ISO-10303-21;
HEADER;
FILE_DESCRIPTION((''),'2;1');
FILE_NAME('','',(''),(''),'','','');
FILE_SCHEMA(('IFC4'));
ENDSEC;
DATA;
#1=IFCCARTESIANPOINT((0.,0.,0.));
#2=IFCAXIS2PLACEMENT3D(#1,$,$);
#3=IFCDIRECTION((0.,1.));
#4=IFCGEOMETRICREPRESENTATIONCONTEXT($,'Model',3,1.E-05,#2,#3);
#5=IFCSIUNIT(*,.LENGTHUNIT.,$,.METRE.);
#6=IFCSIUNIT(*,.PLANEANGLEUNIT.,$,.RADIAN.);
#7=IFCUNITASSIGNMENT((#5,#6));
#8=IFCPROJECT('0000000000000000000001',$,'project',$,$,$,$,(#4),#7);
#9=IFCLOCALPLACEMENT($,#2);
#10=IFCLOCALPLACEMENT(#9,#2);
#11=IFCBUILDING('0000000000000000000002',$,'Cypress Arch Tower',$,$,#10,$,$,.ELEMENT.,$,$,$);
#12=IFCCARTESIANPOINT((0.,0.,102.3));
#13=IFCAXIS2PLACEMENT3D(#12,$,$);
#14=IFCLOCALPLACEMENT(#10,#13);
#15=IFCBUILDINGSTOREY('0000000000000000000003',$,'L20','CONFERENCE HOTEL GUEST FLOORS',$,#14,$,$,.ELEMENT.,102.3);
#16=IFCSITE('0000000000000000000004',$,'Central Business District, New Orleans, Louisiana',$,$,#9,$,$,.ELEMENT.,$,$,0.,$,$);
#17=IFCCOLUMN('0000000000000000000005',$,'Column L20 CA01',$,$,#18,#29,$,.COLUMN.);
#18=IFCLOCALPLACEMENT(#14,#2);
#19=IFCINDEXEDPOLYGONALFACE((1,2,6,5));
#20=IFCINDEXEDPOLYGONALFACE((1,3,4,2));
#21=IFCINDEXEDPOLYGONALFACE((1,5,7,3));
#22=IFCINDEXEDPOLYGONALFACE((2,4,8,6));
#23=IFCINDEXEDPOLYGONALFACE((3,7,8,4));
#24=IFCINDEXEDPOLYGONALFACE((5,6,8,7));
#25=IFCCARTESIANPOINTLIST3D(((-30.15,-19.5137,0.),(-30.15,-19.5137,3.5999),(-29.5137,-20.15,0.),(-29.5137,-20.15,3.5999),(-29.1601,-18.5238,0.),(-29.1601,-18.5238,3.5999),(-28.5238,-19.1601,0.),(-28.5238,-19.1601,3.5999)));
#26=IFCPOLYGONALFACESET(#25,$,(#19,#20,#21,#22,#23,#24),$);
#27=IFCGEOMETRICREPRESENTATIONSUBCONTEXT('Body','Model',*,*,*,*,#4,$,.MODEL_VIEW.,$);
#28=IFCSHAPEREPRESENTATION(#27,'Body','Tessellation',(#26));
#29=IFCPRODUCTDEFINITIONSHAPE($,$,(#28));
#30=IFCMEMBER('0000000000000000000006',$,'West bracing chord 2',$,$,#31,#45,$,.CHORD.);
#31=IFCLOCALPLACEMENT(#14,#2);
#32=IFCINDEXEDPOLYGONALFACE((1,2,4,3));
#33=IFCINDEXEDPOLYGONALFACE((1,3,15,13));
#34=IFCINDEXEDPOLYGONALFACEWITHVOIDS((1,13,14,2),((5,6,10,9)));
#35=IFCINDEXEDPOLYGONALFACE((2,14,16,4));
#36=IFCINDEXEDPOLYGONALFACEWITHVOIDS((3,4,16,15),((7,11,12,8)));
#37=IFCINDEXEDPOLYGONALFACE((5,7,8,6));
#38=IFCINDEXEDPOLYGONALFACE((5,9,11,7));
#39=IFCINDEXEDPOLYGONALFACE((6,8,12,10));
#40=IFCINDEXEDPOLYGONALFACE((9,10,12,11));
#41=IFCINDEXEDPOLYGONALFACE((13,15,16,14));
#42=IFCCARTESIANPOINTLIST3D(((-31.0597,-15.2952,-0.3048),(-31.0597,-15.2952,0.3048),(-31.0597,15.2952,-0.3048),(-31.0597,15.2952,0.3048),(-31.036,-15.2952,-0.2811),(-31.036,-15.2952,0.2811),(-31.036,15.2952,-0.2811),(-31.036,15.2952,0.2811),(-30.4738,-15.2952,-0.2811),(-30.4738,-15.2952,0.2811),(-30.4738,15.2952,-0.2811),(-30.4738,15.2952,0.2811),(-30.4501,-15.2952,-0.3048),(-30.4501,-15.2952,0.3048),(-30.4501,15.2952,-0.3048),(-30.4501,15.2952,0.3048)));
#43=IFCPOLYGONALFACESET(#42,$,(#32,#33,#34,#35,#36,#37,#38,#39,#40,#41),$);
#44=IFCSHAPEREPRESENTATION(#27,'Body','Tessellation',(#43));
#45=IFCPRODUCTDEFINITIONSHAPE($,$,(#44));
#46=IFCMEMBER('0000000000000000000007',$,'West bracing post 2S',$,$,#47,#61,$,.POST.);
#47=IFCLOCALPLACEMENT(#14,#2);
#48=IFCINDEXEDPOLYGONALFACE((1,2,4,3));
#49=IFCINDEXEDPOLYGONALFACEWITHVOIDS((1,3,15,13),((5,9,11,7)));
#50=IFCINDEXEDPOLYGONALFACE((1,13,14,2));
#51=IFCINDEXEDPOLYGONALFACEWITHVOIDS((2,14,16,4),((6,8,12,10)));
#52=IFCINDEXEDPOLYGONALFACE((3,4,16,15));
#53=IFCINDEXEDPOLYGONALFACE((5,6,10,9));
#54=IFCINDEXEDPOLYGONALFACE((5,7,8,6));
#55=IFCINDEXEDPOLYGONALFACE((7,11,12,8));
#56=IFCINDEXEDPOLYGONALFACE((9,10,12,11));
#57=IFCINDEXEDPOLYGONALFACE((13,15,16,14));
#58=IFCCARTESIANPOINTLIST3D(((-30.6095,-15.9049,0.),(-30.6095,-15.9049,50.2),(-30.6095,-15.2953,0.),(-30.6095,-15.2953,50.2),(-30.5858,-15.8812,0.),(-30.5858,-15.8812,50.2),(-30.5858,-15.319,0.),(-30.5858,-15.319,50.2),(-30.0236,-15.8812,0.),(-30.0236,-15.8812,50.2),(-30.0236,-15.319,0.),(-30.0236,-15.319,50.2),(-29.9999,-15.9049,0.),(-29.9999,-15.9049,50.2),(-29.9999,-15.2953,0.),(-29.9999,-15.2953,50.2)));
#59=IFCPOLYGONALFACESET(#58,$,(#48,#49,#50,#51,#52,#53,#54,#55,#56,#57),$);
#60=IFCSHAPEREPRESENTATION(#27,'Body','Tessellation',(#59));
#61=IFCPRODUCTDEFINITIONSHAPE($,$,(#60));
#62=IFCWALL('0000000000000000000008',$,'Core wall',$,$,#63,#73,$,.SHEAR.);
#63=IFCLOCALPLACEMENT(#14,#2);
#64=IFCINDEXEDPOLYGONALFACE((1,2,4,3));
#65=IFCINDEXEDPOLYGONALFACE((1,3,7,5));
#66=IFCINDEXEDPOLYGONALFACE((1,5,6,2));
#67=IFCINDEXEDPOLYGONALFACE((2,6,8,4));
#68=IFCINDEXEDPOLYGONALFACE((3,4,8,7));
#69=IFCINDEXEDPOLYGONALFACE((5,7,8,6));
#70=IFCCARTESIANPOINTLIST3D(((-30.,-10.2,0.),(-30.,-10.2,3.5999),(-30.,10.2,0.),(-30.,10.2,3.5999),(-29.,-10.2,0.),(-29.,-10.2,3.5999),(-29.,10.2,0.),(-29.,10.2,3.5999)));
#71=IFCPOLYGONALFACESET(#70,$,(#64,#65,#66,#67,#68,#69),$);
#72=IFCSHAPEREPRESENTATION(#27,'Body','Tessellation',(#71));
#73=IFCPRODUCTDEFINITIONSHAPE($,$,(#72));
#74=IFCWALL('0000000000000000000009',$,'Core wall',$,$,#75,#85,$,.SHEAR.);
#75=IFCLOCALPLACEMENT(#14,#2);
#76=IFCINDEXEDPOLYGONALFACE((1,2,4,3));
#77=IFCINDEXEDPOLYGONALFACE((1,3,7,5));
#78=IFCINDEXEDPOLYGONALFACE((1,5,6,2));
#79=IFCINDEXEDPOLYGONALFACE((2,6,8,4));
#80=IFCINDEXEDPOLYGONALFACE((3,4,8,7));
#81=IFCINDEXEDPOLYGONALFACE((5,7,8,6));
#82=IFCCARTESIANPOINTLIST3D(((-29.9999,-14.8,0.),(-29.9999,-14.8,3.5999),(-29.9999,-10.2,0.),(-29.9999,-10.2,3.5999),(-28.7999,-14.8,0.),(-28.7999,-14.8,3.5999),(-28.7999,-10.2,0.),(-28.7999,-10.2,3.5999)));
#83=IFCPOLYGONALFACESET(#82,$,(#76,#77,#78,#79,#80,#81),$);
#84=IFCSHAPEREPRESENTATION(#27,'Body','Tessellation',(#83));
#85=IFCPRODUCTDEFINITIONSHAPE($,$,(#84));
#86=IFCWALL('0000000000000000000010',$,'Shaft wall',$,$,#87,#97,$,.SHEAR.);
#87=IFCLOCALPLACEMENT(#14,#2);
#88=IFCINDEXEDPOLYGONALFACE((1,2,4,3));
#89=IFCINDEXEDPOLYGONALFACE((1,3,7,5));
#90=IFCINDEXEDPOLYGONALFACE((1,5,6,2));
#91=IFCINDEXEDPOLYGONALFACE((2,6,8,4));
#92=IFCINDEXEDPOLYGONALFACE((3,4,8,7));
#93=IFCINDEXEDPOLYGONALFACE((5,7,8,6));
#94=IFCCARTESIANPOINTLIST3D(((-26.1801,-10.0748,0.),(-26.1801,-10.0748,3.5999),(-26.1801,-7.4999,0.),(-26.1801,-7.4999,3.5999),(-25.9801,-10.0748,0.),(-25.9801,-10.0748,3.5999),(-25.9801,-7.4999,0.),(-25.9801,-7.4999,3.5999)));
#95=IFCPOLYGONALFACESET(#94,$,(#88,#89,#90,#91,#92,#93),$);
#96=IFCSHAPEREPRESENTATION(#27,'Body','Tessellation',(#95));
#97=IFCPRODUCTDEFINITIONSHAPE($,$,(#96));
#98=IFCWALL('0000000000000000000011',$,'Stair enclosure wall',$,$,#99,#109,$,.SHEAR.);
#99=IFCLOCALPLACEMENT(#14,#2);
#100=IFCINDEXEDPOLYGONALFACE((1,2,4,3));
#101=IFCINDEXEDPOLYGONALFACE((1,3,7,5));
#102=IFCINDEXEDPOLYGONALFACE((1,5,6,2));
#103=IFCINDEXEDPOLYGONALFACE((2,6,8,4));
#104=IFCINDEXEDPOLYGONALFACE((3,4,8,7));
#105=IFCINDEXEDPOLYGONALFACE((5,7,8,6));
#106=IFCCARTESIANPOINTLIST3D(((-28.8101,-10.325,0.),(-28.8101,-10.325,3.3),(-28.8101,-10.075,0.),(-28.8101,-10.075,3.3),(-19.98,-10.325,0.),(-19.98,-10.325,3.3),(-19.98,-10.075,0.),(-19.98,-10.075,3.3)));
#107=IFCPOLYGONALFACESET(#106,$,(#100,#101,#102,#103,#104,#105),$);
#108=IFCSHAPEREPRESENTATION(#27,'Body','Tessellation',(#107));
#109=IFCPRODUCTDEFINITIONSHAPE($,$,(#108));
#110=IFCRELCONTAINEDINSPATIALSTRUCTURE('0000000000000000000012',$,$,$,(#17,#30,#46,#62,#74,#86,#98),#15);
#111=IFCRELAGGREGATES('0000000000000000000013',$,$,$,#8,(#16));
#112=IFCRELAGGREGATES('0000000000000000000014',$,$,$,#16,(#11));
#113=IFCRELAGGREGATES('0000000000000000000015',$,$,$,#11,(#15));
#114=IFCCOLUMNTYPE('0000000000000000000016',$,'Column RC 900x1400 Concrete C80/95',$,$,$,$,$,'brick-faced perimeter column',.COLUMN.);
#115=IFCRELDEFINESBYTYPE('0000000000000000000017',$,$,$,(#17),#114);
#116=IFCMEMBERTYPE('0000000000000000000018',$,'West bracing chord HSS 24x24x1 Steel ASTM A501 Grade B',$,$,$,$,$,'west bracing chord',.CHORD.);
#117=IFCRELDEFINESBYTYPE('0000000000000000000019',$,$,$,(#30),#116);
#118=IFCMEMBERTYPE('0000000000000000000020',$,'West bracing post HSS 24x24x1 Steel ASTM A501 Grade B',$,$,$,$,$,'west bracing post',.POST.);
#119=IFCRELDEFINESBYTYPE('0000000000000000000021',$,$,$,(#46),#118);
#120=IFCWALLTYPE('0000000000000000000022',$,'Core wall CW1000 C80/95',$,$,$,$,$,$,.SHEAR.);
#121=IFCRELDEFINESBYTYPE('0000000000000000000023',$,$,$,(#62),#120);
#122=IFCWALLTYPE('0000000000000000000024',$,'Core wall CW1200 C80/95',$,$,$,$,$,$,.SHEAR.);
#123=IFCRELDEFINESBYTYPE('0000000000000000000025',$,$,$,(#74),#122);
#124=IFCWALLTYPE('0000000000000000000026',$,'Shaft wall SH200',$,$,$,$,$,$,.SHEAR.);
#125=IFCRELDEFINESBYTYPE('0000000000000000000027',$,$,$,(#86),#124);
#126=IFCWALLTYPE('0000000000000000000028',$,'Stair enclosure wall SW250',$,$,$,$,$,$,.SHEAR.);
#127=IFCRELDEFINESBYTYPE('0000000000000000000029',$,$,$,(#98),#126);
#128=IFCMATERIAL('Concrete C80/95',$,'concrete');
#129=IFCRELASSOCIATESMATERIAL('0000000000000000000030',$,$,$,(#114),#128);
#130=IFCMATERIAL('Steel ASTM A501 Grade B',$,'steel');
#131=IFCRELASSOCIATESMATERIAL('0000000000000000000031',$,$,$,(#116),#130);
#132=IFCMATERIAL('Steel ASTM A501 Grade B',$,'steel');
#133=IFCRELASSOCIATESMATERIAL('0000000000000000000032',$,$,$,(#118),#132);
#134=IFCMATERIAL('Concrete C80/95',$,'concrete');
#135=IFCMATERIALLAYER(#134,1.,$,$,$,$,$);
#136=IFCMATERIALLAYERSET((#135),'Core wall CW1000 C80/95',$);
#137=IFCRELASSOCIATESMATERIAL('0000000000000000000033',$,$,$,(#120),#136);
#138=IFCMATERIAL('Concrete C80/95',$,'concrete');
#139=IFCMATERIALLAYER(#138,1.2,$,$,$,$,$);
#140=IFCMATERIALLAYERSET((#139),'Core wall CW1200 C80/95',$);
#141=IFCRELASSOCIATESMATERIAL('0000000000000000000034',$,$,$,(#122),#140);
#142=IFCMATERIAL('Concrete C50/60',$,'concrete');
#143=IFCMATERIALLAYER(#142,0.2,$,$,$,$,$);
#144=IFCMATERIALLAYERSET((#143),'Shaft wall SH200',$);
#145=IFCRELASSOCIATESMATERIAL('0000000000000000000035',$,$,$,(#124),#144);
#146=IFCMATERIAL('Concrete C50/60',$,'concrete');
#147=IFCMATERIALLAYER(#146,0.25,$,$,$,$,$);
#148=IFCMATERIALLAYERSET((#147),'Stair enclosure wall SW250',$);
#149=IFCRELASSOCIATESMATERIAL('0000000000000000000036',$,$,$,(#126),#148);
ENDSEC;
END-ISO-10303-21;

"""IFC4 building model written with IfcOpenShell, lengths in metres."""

from ifc_helpers import new_model, si_unit, direction, frame, frame_2d, origin, origin_2d, place, context, subcontext, project, spatial, rectangle, hollow_rectangle, extrude, material, layer, layer_set, material_profile, profile_set, type_object, element, save


model = new_model("IFC4")

# Units and contexts
model_context = context("Model", 3, precision=1e-05, world=origin(), true_north=direction((0.0, 1.0)))
body_context = subcontext(model_context, "Body", "Model", "MODEL_VIEW")
ifc_project = project(units=[si_unit("LENGTHUNIT", "METRE"), si_unit("PLANEANGLEUNIT", "RADIAN")], contexts=[model_context])

# Site, building, storey
site_placement = place(None, origin())
site = spatial("IfcSite", under=ifc_project, at=site_placement, Name="Central Business District, New Orleans, Louisiana", CompositionType="ELEMENT", RefElevation=0.0)
building_placement = place(site_placement, origin())
building = spatial("IfcBuilding", under=site, at=building_placement, Name="Cypress Arch Tower", CompositionType="ELEMENT")
storey_placement = place(building_placement, frame((0.0, 0.0, 102.3)))
storey = spatial("IfcBuildingStorey", under=building, at=storey_placement, Name="L20", Description="CONFERENCE HOTEL GUEST FLOORS", CompositionType="ELEMENT", Elevation=102.3)

# Column
ifc_material_1 = material(Name="Concrete C80/95", Category="concrete")
ifc_material_profile_1 = material_profile(ifc_material_1, rectangle(XDim=0.8999, YDim=1.3999, at=origin_2d()), Name="RC 900x1400")
ifc_profile_set_1 = profile_set([ifc_material_profile_1], Name="Concrete C80/95")
column_type = type_object("IfcColumnType", Name="Column RC 900x1400 Concrete C80/95", ElementType="brick-faced perimeter column", PredefinedType="COLUMN", material=ifc_profile_set_1)
column_placement = place(storey_placement, frame((-29.3369, -19.3369, 0.0), z_axis=(0.0, 0.0, 1.0), x_axis=(0.707107, -0.707107, 0.0)))
element("IfcColumn", 1, at=column_placement, inside=storey, type_object=column_type, Name="Column L20 CA01", PredefinedType="COLUMN", context=body_context, shape_type="SweptSolid", body=[
    extrude(rectangle(XDim=0.8999, YDim=1.3999, at=origin_2d()), origin(), (0.0, 0.0, 1.0), 3.5999),
])

# Members
ifc_material_2 = material(Name="Steel ASTM A501 Grade B", Category="steel")
ifc_material_profile_2 = material_profile(ifc_material_2, hollow_rectangle(XDim=0.6096, YDim=0.6096, WallThickness=0.0237, at=origin_2d()), Name="HSS 24x24x1")
ifc_profile_set_2 = profile_set([ifc_material_profile_2], Name="Steel ASTM A501 Grade B")
member_type_1 = type_object("IfcMemberType", Name="West bracing chord HSS 24x24x1 Steel ASTM A501 Grade B", ElementType="west bracing chord", PredefinedType="CHORD", material=ifc_profile_set_2)
member_1_placement = place(storey_placement, frame((-30.7549, -15.2952, 0.0), z_axis=(0.0, 1.0, 0.0), x_axis=(-1.0, 0.0, 0.0)))
element("IfcMember", 2, at=member_1_placement, inside=storey, type_object=member_type_1, Name="West bracing chord 2", PredefinedType="CHORD", context=body_context, shape_type="SweptSolid", body=[
    extrude(hollow_rectangle(XDim=0.6096, YDim=0.6096, WallThickness=0.0237, at=origin_2d()), origin(), (0.0, 0.0, 1.0), 30.5903),
])
ifc_material_3 = material(Name="Steel ASTM A501 Grade B", Category="steel")
ifc_material_profile_3 = material_profile(ifc_material_3, hollow_rectangle(XDim=0.6096, YDim=0.6096, WallThickness=0.0237, at=origin_2d()), Name="HSS 24x24x1")
ifc_profile_set_3 = profile_set([ifc_material_profile_3], Name="Steel ASTM A501 Grade B")
member_type_2 = type_object("IfcMemberType", Name="West bracing post HSS 24x24x1 Steel ASTM A501 Grade B", ElementType="west bracing post", PredefinedType="POST", material=ifc_profile_set_3)
member_2_placement = place(storey_placement, frame((-30.3047, -15.6001, 0.0), z_axis=(0.0, 0.0, 1.0), x_axis=(1.0, 0.0, 0.0)))
element("IfcMember", 3, at=member_2_placement, inside=storey, type_object=member_type_2, Name="West bracing post 2S", PredefinedType="POST", context=body_context, shape_type="SweptSolid", body=[
    extrude(hollow_rectangle(XDim=0.6096, YDim=0.6096, WallThickness=0.0237, at=origin_2d()), origin(), (0.0, 0.0, 1.0), 50.2),
])

# Wall
ifc_material_4 = material(Name="Concrete C80/95", Category="concrete")
ifc_layer_1 = layer(ifc_material_4, 1.0)
ifc_layer_set_1 = layer_set([ifc_layer_1], Name="Core wall CW1000 C80/95")
wall_type_1 = type_object("IfcWallType", Name="Core wall CW1000 C80/95", PredefinedType="SHEAR", material=ifc_layer_set_1)
wall_1_placement = place(storey_placement, frame((-29.5, -10.2, 0.0), z_axis=(0.0, 0.0, 1.0), x_axis=(0.0, 1.0, 0.0)))
element("IfcWall", 4, at=wall_1_placement, inside=storey, type_object=wall_type_1, Name="Core wall", PredefinedType="SHEAR", context=body_context, shape_type="SweptSolid", body=[
    extrude(rectangle(XDim=20.3999, YDim=1.0, at=frame_2d((10.2, 0.0))), origin(), (0.0, 0.0, 1.0), 3.5999),
])

# Shared definitions
ifc_material_5 = material(Name="Concrete C80/95", Category="concrete")
ifc_layer_2 = layer(ifc_material_5, 1.2)
ifc_layer_set_2 = layer_set([ifc_layer_2], Name="Core wall CW1200 C80/95")
wall_type_2 = type_object("IfcWallType", Name="Core wall CW1200 C80/95", PredefinedType="SHEAR", material=ifc_layer_set_2)

# Wall
wall_2_placement = place(storey_placement, frame((-29.3999, -14.8, 0.0), z_axis=(0.0, 0.0, 1.0), x_axis=(0.0, 1.0, 0.0)))
element("IfcWall", 5, at=wall_2_placement, inside=storey, type_object=wall_type_2, Name="Core wall", PredefinedType="SHEAR", context=body_context, shape_type="SweptSolid", body=[
    extrude(rectangle(XDim=4.6001, YDim=1.2, at=frame_2d((2.3, 0.0))), origin(), (0.0, 0.0, 1.0), 3.5999),
])

# Walls
ifc_material_6 = material(Name="Concrete C50/60", Category="concrete")
ifc_layer_3 = layer(ifc_material_6, 0.2)
ifc_layer_set_3 = layer_set([ifc_layer_3], Name="Shaft wall SH200")
wall_type_3 = type_object("IfcWallType", Name="Shaft wall SH200", PredefinedType="SHEAR", material=ifc_layer_set_3)
wall_3_placement = place(storey_placement, frame((-26.0801, -10.075, 0.0), z_axis=(0.0, 0.0, 1.0), x_axis=(0.0, 1.0, 0.0)))
element("IfcWall", 6, at=wall_3_placement, inside=storey, type_object=wall_type_3, Name="Shaft wall", PredefinedType="SHEAR", context=body_context, shape_type="SweptSolid", body=[
    extrude(rectangle(XDim=2.575, YDim=0.2, at=frame_2d((1.2876, 0.0))), origin(), (0.0, 0.0, 1.0), 3.5999),
])
ifc_material_7 = material(Name="Concrete C50/60", Category="concrete")
ifc_layer_4 = layer(ifc_material_7, 0.25)
ifc_layer_set_4 = layer_set([ifc_layer_4], Name="Stair enclosure wall SW250")
wall_type_4 = type_object("IfcWallType", Name="Stair enclosure wall SW250", PredefinedType="SHEAR", material=ifc_layer_set_4)
wall_4_placement = place(storey_placement, frame((-28.8101, -10.2, 0.0), z_axis=(0.0, 0.0, 1.0), x_axis=(1.0, 0.0, 0.0)))
element("IfcWall", 7, at=wall_4_placement, inside=storey, type_object=wall_type_4, Name="Stair enclosure wall", PredefinedType="SHEAR", context=body_context, shape_type="SweptSolid", body=[
    extrude(rectangle(XDim=8.8301, YDim=0.25, at=frame_2d((4.415, 0.0))), origin(), (0.0, 0.0, 1.0), 3.3),
])

save(model, "model.ifc")
